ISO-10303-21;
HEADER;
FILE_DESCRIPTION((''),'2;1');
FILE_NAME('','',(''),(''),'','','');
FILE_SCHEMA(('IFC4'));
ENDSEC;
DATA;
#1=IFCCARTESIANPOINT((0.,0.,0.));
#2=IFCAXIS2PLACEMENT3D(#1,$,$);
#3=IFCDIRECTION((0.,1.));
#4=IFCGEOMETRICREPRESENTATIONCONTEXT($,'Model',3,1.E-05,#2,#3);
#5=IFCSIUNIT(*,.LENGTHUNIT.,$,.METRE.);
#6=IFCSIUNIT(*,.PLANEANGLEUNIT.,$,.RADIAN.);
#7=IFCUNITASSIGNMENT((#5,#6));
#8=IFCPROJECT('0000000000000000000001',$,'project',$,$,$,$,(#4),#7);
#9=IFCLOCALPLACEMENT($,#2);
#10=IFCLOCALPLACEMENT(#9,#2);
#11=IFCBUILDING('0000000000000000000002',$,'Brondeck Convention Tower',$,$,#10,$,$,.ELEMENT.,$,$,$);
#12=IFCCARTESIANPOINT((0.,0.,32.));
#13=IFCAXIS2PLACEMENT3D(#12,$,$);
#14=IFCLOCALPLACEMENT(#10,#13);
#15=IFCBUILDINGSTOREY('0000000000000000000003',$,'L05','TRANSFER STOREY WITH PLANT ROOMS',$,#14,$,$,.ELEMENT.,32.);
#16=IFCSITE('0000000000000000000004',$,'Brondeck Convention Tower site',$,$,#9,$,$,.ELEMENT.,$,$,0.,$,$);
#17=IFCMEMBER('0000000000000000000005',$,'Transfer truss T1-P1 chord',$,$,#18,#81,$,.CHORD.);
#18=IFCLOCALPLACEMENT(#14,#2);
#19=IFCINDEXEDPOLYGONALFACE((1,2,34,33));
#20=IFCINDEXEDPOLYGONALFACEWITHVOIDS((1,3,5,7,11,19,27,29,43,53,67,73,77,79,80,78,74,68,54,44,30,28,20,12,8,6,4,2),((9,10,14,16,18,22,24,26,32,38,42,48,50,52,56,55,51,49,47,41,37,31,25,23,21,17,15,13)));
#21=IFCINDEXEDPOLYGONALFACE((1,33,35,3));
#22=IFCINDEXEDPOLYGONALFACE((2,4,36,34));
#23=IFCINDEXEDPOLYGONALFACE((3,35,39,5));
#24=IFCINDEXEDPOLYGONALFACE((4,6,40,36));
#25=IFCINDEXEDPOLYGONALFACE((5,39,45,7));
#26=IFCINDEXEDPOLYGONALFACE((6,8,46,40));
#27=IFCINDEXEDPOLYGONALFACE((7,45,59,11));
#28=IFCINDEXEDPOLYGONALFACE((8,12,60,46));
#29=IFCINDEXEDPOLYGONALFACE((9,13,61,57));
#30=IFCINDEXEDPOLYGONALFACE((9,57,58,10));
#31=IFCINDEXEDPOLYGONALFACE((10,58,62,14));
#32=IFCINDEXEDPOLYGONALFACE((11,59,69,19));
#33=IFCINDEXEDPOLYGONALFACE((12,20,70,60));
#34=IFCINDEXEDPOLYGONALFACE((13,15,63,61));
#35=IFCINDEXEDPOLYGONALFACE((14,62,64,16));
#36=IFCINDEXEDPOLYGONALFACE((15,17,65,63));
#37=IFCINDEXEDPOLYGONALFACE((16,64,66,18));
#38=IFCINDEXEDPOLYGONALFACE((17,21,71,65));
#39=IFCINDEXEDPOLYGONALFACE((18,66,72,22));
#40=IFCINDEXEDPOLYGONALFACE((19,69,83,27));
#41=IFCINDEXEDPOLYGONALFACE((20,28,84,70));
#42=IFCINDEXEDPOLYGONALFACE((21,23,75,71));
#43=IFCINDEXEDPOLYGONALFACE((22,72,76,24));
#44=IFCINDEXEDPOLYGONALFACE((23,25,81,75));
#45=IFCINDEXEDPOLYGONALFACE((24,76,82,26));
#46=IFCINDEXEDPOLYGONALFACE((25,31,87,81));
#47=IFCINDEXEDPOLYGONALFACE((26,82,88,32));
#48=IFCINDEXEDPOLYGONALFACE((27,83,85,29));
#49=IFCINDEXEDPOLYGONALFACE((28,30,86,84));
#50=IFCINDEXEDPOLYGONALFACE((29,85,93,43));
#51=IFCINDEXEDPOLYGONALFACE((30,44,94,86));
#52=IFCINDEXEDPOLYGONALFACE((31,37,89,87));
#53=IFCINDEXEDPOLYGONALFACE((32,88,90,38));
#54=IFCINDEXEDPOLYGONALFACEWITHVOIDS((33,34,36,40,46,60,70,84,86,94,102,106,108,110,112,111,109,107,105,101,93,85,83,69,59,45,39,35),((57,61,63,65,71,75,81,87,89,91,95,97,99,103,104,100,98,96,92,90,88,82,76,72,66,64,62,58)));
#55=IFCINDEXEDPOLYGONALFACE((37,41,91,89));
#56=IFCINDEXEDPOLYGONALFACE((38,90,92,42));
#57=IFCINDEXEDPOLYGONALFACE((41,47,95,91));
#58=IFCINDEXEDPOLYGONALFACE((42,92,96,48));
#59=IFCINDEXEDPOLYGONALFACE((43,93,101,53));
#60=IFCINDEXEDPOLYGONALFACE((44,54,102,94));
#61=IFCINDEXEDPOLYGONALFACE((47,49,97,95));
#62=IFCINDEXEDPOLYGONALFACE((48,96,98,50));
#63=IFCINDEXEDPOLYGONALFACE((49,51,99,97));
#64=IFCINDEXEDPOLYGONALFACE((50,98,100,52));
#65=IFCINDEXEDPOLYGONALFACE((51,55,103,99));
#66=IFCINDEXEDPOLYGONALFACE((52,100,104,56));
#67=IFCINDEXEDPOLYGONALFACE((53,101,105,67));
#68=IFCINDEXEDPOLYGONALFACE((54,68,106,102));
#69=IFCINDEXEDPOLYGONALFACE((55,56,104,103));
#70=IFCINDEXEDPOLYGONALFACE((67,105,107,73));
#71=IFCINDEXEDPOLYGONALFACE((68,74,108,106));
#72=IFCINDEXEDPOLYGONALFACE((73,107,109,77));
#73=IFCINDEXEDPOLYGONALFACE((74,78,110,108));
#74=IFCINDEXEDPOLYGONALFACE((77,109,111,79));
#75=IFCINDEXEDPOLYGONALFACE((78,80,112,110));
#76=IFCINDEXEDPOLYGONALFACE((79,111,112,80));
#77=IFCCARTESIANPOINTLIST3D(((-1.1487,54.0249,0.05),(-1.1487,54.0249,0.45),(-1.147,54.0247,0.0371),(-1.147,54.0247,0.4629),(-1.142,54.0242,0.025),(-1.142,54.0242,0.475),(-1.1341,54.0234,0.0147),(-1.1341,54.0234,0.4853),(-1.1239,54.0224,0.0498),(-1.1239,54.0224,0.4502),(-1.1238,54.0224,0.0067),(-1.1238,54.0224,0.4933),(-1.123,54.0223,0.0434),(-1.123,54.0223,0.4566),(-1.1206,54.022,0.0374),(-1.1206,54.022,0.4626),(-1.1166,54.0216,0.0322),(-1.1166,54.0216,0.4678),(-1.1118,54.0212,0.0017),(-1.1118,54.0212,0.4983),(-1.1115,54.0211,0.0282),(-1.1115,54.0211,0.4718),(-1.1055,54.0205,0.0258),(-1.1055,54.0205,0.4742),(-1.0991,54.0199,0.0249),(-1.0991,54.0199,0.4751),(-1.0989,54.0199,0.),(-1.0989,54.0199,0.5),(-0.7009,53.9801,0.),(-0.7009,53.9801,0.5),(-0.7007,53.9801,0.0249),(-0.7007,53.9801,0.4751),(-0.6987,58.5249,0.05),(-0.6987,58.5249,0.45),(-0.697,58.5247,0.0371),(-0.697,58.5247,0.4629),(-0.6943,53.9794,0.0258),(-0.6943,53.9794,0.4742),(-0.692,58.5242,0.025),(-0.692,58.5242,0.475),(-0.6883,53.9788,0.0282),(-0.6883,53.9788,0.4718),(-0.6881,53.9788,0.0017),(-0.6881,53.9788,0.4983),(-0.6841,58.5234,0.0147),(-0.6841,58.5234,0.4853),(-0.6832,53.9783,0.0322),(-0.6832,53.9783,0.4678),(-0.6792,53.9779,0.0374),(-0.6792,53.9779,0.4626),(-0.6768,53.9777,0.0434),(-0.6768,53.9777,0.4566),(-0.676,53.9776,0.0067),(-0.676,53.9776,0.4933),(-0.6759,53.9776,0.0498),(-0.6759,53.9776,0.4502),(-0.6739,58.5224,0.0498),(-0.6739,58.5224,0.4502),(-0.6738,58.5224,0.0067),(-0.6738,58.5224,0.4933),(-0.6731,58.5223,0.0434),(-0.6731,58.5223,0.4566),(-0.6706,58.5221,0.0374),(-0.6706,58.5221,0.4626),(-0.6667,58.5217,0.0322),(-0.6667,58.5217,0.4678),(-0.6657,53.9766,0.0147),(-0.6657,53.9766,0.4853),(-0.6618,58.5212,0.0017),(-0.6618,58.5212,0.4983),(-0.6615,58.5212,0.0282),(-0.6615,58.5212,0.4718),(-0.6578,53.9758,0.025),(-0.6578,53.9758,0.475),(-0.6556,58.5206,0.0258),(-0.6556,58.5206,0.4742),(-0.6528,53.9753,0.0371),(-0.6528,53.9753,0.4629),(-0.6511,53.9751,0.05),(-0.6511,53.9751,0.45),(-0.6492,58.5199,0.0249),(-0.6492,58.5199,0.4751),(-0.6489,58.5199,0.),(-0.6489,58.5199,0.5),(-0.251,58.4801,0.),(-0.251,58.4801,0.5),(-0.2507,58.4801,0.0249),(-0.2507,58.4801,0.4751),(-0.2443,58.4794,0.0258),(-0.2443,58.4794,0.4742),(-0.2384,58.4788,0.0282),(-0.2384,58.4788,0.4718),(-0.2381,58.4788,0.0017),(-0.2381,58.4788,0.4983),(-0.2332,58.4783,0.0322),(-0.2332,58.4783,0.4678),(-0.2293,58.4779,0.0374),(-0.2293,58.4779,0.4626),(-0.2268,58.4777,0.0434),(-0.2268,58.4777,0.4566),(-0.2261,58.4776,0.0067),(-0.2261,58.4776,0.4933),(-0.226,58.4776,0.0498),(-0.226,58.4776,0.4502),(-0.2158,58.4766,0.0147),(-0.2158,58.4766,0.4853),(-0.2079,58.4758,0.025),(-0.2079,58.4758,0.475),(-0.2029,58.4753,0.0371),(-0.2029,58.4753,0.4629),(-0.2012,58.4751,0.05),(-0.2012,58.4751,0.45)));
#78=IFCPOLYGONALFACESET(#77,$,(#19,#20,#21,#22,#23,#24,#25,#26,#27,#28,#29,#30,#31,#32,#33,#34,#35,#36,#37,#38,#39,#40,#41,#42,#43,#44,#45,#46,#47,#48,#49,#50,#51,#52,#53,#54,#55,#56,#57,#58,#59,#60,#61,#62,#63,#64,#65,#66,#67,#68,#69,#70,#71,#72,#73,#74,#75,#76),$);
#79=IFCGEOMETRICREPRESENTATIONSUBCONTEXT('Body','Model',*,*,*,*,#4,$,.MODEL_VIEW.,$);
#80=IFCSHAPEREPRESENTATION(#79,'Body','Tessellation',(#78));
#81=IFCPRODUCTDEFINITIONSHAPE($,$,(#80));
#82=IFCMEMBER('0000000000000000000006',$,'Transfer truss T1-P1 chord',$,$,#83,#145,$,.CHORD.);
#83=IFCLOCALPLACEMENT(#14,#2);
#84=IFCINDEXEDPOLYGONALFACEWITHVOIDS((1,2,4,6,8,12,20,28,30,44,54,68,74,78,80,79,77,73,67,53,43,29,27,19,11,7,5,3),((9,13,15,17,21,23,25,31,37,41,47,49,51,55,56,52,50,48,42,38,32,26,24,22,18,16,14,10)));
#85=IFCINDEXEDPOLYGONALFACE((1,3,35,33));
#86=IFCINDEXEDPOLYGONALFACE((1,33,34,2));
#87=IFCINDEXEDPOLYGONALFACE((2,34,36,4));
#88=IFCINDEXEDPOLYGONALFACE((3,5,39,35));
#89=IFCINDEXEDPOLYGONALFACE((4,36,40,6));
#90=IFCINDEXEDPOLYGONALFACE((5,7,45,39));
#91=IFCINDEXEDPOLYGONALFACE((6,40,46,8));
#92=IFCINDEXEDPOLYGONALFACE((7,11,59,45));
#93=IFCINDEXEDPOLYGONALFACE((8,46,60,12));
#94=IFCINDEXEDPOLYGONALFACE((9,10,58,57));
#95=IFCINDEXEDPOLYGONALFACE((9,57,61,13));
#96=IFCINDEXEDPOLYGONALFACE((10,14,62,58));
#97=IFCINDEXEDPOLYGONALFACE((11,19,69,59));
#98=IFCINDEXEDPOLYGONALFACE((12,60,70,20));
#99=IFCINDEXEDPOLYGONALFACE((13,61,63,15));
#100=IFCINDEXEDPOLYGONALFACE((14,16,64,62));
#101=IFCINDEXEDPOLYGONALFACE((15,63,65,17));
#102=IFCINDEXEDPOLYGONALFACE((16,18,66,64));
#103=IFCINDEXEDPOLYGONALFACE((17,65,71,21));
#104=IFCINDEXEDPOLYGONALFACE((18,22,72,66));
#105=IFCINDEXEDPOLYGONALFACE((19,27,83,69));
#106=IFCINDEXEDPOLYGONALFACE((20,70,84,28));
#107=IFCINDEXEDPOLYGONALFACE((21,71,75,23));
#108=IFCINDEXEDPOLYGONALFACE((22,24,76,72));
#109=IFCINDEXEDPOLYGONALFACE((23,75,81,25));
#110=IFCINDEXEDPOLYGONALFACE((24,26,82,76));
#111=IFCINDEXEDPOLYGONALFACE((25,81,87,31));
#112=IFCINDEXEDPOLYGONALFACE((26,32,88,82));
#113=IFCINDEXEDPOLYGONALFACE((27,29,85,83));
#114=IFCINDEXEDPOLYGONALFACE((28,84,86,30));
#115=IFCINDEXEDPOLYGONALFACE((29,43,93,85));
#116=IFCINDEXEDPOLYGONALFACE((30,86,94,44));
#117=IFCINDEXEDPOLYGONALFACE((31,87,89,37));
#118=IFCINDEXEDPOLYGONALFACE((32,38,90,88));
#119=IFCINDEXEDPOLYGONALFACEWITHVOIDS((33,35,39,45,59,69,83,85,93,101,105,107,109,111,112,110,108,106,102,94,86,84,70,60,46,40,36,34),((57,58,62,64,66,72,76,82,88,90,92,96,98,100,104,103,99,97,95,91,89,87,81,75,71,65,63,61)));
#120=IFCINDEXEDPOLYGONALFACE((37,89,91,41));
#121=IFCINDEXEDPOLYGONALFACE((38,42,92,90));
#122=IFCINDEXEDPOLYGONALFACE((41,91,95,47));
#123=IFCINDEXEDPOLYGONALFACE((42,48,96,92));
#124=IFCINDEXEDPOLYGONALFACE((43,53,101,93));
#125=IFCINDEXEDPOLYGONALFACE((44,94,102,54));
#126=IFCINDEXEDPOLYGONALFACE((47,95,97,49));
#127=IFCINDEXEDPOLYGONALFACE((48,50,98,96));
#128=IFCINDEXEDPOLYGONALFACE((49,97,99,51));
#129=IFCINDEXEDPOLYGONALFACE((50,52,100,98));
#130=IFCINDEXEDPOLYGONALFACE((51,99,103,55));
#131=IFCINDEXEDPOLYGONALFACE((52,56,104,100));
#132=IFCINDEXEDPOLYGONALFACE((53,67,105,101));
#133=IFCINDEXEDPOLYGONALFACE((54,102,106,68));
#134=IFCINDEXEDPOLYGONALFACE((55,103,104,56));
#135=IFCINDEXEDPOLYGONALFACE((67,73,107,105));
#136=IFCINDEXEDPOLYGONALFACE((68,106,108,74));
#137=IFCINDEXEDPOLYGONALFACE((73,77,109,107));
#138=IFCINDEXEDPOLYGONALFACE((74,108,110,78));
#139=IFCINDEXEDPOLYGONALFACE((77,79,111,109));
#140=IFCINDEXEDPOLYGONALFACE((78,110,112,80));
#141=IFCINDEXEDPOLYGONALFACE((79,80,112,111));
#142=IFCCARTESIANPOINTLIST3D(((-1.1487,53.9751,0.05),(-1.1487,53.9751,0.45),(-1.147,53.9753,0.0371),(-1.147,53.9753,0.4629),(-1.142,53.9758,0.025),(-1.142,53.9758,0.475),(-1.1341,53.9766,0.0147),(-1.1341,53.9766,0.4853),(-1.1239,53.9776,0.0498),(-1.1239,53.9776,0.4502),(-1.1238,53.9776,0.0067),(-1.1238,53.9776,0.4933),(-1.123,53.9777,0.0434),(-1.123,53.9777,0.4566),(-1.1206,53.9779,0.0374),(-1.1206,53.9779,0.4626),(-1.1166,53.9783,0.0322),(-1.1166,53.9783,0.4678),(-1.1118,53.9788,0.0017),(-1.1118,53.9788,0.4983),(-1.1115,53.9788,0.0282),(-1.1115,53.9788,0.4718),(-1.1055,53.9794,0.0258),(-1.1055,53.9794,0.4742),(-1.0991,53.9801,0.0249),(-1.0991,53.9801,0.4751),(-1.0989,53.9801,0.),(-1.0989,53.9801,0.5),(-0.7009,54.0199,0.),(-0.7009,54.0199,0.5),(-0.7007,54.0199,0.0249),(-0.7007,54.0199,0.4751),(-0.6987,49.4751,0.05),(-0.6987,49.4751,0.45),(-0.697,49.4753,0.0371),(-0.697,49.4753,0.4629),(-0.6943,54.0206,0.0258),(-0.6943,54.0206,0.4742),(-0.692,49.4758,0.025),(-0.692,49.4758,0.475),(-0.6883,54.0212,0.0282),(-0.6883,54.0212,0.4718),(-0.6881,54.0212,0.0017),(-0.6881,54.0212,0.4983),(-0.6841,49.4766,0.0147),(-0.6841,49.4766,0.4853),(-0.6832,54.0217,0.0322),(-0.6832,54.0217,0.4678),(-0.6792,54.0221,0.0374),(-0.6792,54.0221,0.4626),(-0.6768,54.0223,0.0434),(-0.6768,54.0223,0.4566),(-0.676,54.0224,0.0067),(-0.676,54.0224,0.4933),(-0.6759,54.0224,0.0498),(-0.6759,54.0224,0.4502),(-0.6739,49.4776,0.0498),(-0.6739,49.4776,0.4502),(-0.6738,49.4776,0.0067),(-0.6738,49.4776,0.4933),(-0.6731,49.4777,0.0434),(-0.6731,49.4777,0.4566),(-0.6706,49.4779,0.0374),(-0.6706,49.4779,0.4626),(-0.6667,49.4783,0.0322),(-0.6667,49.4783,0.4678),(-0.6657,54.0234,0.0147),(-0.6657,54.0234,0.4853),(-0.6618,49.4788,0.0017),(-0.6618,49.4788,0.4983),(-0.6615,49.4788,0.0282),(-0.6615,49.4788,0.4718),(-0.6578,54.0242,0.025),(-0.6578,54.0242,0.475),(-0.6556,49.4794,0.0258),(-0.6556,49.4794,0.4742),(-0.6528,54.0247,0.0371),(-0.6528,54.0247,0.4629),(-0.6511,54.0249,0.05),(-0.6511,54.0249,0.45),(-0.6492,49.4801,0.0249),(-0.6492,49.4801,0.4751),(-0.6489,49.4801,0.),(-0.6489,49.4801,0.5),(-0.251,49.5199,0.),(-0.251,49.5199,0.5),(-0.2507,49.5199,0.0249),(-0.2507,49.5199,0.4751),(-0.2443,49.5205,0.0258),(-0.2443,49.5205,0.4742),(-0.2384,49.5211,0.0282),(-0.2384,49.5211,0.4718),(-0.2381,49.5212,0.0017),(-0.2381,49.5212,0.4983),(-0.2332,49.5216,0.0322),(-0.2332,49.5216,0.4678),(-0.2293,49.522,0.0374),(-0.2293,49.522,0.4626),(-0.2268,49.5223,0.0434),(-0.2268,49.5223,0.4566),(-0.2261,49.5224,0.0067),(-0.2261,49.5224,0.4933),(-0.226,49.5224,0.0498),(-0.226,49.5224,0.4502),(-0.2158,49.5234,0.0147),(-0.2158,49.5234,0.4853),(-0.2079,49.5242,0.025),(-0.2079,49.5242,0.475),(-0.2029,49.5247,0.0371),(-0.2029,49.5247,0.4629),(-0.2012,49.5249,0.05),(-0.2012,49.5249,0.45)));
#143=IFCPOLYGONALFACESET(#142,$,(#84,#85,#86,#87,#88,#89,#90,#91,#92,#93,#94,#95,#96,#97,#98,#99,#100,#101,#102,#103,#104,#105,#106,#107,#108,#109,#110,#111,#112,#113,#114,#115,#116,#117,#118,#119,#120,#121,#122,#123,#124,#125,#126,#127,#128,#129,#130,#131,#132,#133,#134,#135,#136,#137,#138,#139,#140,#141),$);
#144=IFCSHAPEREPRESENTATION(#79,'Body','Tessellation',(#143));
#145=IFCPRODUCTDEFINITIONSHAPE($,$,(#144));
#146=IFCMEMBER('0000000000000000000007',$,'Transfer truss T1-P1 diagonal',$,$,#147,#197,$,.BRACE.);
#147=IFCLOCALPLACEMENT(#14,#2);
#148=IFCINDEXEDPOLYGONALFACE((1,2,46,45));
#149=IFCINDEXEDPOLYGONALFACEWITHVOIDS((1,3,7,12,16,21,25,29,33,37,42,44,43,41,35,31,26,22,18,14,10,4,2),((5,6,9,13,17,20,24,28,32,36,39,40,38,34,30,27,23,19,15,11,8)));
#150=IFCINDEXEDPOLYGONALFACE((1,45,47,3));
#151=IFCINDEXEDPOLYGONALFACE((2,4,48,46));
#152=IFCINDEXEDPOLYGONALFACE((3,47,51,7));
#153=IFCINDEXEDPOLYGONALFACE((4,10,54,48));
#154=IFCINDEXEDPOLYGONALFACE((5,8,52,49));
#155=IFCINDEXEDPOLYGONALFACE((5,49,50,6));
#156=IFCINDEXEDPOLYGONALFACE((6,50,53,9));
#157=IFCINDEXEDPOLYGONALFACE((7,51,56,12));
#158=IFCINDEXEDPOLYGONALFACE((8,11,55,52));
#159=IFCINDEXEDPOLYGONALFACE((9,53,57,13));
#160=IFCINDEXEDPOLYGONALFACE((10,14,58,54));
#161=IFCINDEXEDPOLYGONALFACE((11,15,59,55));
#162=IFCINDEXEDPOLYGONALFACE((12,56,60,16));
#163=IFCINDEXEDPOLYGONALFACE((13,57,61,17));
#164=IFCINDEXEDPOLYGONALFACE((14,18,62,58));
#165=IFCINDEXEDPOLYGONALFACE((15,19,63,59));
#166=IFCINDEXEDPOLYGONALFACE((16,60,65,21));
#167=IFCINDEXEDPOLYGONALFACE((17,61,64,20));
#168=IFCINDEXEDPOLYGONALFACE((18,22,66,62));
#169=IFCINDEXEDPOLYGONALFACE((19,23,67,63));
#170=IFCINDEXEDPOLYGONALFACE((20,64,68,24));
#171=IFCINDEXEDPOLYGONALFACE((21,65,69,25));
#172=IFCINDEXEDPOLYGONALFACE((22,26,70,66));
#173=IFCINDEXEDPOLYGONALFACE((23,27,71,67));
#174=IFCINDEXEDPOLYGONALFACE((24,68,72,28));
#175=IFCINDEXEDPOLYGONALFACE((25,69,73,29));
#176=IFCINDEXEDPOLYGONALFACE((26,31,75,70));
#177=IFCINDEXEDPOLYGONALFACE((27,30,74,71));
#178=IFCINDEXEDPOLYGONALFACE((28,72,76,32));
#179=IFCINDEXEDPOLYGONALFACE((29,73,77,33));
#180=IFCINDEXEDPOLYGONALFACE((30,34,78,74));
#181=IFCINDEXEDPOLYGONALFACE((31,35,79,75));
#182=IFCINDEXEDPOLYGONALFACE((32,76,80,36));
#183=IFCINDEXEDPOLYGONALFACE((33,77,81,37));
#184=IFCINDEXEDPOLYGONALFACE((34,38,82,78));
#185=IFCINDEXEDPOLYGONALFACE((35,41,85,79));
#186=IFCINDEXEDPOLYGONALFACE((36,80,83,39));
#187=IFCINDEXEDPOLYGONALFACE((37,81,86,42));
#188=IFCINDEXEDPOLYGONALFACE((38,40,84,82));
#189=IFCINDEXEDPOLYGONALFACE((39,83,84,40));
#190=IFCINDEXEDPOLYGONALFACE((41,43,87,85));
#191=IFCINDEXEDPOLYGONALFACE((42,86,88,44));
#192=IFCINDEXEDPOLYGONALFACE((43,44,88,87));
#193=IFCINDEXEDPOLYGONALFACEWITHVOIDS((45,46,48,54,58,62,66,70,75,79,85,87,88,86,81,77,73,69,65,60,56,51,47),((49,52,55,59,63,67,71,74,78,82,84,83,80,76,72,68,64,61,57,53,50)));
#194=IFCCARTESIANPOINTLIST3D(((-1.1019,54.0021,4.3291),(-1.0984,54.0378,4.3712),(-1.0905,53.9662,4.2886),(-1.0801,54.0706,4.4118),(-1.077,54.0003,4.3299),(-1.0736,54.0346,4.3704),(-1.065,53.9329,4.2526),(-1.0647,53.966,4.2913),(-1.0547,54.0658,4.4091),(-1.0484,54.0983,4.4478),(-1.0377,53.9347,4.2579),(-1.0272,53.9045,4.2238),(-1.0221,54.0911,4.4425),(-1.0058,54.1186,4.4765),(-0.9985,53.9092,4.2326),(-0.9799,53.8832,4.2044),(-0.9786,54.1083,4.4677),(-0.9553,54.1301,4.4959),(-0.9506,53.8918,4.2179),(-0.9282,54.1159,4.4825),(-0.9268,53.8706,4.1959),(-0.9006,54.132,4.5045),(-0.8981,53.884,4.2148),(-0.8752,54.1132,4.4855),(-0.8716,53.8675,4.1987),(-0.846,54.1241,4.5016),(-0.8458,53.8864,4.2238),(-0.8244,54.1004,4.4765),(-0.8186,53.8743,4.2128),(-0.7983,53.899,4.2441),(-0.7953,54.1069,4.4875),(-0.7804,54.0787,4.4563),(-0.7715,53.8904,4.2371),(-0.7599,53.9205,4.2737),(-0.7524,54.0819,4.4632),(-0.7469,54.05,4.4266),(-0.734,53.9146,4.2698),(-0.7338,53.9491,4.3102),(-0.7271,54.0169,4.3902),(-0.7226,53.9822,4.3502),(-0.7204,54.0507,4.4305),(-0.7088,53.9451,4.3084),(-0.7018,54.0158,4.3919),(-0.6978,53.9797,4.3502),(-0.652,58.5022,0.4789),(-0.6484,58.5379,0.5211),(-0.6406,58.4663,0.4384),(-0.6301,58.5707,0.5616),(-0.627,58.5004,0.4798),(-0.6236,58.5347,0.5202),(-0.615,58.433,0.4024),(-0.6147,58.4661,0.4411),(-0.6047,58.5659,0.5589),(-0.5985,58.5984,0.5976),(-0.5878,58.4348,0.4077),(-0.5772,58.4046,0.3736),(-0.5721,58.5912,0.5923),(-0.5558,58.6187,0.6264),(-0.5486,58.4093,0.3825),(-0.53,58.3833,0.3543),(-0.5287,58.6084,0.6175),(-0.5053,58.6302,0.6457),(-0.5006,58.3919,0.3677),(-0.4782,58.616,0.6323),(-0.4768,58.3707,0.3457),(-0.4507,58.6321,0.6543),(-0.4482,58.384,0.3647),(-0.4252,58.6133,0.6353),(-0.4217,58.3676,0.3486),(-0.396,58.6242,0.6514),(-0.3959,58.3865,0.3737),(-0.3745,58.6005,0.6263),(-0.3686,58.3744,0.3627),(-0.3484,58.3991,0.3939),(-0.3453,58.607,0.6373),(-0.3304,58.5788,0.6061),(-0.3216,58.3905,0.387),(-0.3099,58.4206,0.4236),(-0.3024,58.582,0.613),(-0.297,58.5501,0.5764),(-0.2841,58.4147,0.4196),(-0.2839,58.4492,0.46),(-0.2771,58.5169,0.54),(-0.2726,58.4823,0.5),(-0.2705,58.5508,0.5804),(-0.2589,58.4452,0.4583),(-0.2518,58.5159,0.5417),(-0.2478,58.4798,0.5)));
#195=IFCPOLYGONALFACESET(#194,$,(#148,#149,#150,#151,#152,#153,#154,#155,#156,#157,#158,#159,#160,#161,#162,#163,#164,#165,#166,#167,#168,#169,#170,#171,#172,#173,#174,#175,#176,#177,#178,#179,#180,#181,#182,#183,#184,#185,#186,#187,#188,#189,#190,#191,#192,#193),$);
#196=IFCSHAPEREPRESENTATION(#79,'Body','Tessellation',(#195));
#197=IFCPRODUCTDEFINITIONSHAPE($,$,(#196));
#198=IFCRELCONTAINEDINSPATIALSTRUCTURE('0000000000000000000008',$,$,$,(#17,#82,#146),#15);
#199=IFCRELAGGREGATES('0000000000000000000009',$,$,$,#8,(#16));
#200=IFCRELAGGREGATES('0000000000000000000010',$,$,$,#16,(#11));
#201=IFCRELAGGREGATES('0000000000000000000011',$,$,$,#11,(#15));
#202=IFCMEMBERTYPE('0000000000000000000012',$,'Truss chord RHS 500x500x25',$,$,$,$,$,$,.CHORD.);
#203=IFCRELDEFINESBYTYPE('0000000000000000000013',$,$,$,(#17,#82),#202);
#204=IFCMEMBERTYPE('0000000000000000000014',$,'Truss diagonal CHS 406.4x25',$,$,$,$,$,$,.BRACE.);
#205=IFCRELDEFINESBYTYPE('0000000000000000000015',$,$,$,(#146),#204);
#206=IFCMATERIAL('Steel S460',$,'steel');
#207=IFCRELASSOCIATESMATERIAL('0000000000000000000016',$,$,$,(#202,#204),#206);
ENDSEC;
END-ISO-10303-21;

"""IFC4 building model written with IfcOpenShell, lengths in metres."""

from ifc_helpers import new_model, si_unit, direction, frame, origin, origin_2d, place, context, subcontext, project, spatial, hollow_rectangle, hollow_circle, extrude, material, material_profile, profile_set, type_object, element, save


model = new_model("IFC4")

# Units and contexts
model_context = context("Model", 3, precision=1e-05, world=origin(), true_north=direction((0.0, 1.0)))
body_context = subcontext(model_context, "Body", "Model", "MODEL_VIEW")
ifc_project = project(units=[si_unit("LENGTHUNIT", "METRE"), si_unit("PLANEANGLEUNIT", "RADIAN")], contexts=[model_context])

# Site, building, storey
site_placement = place(None, origin())
site = spatial("IfcSite", under=ifc_project, at=site_placement, Name="Brondeck Convention Tower site", CompositionType="ELEMENT", RefElevation=0.0)
building_placement = place(site_placement, origin())
building = spatial("IfcBuilding", under=site, at=building_placement, Name="Brondeck Convention Tower", CompositionType="ELEMENT")
storey_placement = place(building_placement, frame((0.0, 0.0, 32.0)))
storey = spatial("IfcBuildingStorey", under=building, at=storey_placement, Name="L05", Description="TRANSFER STOREY WITH PLANT ROOMS", CompositionType="ELEMENT", Elevation=32.0)

# Shared definitions
ifc_material_1 = material(Name="Steel S460", Category="steel")

# Members
ifc_material_profile_1 = material_profile(ifc_material_1, hollow_rectangle(XDim=0.5, YDim=0.5, WallThickness=0.0249, InnerFilletRadius=0.0249, OuterFilletRadius=0.05, at=origin_2d()), Name="RHS 500x500x25")
ifc_profile_set_1 = profile_set([ifc_material_profile_1], Name="Steel S460")
member_type_1 = type_object("IfcMemberType", Name="Truss chord RHS 500x500x25", PredefinedType="CHORD", material=ifc_profile_set_1)
for number, where, z_axis, x_axis, name in (
    (1, (-0.45, 58.5, 0.25), (-0.099493, -0.995038, 0.0), (0.995038, -0.099493, 0.0), "Transfer truss T1-P1 chord"),
    (2, (-0.8999, 54.0, 0.25), (0.099493, -0.995038, 0.0), (0.995038, 0.099493, 0.0), "Transfer truss T1-P1 chord"),
):
    element("IfcMember", number, at=place(storey_placement, frame(where, z_axis=z_axis, x_axis=x_axis)), inside=storey, type_object=member_type_1, Name=name, PredefinedType="CHORD", context=body_context, shape_type="SweptSolid", body=[
        extrude(hollow_rectangle(XDim=0.5, YDim=0.5, WallThickness=0.0249, InnerFilletRadius=0.0249, OuterFilletRadius=0.05, at=origin_2d()), origin(), (0.0, 0.0, 1.0), 4.5225),
    ])
ifc_material_profile_2 = material_profile(ifc_material_1, hollow_circle(Radius=0.2031, WallThickness=0.0249, at=origin_2d()), Name="CHS 406.4x25")
ifc_profile_set_2 = profile_set([ifc_material_profile_2], Name="Steel S460")
member_type_2 = type_object("IfcMemberType", Name="Truss diagonal CHS 406.4x25", PredefinedType="BRACE", material=ifc_profile_set_2)
for number, where, z_axis, x_axis, name in (
    (3, (-0.45, 58.5, 0.5), (-0.075758, -0.75766, 0.648237), (0.995038, -0.099493, 0.0), "Transfer truss T1-P1 diagonal"),
):
    element("IfcMember", number, at=place(storey_placement, frame(where, z_axis=z_axis, x_axis=x_axis)), inside=storey, type_object=member_type_2, Name=name, PredefinedType="BRACE", context=body_context, shape_type="SweptSolid", body=[
        extrude(hollow_circle(Radius=0.2031, WallThickness=0.0249, at=origin_2d()), origin(), (0.0, 0.0, 1.0), 5.9395),
    ])

save(model, "model.ifc")
